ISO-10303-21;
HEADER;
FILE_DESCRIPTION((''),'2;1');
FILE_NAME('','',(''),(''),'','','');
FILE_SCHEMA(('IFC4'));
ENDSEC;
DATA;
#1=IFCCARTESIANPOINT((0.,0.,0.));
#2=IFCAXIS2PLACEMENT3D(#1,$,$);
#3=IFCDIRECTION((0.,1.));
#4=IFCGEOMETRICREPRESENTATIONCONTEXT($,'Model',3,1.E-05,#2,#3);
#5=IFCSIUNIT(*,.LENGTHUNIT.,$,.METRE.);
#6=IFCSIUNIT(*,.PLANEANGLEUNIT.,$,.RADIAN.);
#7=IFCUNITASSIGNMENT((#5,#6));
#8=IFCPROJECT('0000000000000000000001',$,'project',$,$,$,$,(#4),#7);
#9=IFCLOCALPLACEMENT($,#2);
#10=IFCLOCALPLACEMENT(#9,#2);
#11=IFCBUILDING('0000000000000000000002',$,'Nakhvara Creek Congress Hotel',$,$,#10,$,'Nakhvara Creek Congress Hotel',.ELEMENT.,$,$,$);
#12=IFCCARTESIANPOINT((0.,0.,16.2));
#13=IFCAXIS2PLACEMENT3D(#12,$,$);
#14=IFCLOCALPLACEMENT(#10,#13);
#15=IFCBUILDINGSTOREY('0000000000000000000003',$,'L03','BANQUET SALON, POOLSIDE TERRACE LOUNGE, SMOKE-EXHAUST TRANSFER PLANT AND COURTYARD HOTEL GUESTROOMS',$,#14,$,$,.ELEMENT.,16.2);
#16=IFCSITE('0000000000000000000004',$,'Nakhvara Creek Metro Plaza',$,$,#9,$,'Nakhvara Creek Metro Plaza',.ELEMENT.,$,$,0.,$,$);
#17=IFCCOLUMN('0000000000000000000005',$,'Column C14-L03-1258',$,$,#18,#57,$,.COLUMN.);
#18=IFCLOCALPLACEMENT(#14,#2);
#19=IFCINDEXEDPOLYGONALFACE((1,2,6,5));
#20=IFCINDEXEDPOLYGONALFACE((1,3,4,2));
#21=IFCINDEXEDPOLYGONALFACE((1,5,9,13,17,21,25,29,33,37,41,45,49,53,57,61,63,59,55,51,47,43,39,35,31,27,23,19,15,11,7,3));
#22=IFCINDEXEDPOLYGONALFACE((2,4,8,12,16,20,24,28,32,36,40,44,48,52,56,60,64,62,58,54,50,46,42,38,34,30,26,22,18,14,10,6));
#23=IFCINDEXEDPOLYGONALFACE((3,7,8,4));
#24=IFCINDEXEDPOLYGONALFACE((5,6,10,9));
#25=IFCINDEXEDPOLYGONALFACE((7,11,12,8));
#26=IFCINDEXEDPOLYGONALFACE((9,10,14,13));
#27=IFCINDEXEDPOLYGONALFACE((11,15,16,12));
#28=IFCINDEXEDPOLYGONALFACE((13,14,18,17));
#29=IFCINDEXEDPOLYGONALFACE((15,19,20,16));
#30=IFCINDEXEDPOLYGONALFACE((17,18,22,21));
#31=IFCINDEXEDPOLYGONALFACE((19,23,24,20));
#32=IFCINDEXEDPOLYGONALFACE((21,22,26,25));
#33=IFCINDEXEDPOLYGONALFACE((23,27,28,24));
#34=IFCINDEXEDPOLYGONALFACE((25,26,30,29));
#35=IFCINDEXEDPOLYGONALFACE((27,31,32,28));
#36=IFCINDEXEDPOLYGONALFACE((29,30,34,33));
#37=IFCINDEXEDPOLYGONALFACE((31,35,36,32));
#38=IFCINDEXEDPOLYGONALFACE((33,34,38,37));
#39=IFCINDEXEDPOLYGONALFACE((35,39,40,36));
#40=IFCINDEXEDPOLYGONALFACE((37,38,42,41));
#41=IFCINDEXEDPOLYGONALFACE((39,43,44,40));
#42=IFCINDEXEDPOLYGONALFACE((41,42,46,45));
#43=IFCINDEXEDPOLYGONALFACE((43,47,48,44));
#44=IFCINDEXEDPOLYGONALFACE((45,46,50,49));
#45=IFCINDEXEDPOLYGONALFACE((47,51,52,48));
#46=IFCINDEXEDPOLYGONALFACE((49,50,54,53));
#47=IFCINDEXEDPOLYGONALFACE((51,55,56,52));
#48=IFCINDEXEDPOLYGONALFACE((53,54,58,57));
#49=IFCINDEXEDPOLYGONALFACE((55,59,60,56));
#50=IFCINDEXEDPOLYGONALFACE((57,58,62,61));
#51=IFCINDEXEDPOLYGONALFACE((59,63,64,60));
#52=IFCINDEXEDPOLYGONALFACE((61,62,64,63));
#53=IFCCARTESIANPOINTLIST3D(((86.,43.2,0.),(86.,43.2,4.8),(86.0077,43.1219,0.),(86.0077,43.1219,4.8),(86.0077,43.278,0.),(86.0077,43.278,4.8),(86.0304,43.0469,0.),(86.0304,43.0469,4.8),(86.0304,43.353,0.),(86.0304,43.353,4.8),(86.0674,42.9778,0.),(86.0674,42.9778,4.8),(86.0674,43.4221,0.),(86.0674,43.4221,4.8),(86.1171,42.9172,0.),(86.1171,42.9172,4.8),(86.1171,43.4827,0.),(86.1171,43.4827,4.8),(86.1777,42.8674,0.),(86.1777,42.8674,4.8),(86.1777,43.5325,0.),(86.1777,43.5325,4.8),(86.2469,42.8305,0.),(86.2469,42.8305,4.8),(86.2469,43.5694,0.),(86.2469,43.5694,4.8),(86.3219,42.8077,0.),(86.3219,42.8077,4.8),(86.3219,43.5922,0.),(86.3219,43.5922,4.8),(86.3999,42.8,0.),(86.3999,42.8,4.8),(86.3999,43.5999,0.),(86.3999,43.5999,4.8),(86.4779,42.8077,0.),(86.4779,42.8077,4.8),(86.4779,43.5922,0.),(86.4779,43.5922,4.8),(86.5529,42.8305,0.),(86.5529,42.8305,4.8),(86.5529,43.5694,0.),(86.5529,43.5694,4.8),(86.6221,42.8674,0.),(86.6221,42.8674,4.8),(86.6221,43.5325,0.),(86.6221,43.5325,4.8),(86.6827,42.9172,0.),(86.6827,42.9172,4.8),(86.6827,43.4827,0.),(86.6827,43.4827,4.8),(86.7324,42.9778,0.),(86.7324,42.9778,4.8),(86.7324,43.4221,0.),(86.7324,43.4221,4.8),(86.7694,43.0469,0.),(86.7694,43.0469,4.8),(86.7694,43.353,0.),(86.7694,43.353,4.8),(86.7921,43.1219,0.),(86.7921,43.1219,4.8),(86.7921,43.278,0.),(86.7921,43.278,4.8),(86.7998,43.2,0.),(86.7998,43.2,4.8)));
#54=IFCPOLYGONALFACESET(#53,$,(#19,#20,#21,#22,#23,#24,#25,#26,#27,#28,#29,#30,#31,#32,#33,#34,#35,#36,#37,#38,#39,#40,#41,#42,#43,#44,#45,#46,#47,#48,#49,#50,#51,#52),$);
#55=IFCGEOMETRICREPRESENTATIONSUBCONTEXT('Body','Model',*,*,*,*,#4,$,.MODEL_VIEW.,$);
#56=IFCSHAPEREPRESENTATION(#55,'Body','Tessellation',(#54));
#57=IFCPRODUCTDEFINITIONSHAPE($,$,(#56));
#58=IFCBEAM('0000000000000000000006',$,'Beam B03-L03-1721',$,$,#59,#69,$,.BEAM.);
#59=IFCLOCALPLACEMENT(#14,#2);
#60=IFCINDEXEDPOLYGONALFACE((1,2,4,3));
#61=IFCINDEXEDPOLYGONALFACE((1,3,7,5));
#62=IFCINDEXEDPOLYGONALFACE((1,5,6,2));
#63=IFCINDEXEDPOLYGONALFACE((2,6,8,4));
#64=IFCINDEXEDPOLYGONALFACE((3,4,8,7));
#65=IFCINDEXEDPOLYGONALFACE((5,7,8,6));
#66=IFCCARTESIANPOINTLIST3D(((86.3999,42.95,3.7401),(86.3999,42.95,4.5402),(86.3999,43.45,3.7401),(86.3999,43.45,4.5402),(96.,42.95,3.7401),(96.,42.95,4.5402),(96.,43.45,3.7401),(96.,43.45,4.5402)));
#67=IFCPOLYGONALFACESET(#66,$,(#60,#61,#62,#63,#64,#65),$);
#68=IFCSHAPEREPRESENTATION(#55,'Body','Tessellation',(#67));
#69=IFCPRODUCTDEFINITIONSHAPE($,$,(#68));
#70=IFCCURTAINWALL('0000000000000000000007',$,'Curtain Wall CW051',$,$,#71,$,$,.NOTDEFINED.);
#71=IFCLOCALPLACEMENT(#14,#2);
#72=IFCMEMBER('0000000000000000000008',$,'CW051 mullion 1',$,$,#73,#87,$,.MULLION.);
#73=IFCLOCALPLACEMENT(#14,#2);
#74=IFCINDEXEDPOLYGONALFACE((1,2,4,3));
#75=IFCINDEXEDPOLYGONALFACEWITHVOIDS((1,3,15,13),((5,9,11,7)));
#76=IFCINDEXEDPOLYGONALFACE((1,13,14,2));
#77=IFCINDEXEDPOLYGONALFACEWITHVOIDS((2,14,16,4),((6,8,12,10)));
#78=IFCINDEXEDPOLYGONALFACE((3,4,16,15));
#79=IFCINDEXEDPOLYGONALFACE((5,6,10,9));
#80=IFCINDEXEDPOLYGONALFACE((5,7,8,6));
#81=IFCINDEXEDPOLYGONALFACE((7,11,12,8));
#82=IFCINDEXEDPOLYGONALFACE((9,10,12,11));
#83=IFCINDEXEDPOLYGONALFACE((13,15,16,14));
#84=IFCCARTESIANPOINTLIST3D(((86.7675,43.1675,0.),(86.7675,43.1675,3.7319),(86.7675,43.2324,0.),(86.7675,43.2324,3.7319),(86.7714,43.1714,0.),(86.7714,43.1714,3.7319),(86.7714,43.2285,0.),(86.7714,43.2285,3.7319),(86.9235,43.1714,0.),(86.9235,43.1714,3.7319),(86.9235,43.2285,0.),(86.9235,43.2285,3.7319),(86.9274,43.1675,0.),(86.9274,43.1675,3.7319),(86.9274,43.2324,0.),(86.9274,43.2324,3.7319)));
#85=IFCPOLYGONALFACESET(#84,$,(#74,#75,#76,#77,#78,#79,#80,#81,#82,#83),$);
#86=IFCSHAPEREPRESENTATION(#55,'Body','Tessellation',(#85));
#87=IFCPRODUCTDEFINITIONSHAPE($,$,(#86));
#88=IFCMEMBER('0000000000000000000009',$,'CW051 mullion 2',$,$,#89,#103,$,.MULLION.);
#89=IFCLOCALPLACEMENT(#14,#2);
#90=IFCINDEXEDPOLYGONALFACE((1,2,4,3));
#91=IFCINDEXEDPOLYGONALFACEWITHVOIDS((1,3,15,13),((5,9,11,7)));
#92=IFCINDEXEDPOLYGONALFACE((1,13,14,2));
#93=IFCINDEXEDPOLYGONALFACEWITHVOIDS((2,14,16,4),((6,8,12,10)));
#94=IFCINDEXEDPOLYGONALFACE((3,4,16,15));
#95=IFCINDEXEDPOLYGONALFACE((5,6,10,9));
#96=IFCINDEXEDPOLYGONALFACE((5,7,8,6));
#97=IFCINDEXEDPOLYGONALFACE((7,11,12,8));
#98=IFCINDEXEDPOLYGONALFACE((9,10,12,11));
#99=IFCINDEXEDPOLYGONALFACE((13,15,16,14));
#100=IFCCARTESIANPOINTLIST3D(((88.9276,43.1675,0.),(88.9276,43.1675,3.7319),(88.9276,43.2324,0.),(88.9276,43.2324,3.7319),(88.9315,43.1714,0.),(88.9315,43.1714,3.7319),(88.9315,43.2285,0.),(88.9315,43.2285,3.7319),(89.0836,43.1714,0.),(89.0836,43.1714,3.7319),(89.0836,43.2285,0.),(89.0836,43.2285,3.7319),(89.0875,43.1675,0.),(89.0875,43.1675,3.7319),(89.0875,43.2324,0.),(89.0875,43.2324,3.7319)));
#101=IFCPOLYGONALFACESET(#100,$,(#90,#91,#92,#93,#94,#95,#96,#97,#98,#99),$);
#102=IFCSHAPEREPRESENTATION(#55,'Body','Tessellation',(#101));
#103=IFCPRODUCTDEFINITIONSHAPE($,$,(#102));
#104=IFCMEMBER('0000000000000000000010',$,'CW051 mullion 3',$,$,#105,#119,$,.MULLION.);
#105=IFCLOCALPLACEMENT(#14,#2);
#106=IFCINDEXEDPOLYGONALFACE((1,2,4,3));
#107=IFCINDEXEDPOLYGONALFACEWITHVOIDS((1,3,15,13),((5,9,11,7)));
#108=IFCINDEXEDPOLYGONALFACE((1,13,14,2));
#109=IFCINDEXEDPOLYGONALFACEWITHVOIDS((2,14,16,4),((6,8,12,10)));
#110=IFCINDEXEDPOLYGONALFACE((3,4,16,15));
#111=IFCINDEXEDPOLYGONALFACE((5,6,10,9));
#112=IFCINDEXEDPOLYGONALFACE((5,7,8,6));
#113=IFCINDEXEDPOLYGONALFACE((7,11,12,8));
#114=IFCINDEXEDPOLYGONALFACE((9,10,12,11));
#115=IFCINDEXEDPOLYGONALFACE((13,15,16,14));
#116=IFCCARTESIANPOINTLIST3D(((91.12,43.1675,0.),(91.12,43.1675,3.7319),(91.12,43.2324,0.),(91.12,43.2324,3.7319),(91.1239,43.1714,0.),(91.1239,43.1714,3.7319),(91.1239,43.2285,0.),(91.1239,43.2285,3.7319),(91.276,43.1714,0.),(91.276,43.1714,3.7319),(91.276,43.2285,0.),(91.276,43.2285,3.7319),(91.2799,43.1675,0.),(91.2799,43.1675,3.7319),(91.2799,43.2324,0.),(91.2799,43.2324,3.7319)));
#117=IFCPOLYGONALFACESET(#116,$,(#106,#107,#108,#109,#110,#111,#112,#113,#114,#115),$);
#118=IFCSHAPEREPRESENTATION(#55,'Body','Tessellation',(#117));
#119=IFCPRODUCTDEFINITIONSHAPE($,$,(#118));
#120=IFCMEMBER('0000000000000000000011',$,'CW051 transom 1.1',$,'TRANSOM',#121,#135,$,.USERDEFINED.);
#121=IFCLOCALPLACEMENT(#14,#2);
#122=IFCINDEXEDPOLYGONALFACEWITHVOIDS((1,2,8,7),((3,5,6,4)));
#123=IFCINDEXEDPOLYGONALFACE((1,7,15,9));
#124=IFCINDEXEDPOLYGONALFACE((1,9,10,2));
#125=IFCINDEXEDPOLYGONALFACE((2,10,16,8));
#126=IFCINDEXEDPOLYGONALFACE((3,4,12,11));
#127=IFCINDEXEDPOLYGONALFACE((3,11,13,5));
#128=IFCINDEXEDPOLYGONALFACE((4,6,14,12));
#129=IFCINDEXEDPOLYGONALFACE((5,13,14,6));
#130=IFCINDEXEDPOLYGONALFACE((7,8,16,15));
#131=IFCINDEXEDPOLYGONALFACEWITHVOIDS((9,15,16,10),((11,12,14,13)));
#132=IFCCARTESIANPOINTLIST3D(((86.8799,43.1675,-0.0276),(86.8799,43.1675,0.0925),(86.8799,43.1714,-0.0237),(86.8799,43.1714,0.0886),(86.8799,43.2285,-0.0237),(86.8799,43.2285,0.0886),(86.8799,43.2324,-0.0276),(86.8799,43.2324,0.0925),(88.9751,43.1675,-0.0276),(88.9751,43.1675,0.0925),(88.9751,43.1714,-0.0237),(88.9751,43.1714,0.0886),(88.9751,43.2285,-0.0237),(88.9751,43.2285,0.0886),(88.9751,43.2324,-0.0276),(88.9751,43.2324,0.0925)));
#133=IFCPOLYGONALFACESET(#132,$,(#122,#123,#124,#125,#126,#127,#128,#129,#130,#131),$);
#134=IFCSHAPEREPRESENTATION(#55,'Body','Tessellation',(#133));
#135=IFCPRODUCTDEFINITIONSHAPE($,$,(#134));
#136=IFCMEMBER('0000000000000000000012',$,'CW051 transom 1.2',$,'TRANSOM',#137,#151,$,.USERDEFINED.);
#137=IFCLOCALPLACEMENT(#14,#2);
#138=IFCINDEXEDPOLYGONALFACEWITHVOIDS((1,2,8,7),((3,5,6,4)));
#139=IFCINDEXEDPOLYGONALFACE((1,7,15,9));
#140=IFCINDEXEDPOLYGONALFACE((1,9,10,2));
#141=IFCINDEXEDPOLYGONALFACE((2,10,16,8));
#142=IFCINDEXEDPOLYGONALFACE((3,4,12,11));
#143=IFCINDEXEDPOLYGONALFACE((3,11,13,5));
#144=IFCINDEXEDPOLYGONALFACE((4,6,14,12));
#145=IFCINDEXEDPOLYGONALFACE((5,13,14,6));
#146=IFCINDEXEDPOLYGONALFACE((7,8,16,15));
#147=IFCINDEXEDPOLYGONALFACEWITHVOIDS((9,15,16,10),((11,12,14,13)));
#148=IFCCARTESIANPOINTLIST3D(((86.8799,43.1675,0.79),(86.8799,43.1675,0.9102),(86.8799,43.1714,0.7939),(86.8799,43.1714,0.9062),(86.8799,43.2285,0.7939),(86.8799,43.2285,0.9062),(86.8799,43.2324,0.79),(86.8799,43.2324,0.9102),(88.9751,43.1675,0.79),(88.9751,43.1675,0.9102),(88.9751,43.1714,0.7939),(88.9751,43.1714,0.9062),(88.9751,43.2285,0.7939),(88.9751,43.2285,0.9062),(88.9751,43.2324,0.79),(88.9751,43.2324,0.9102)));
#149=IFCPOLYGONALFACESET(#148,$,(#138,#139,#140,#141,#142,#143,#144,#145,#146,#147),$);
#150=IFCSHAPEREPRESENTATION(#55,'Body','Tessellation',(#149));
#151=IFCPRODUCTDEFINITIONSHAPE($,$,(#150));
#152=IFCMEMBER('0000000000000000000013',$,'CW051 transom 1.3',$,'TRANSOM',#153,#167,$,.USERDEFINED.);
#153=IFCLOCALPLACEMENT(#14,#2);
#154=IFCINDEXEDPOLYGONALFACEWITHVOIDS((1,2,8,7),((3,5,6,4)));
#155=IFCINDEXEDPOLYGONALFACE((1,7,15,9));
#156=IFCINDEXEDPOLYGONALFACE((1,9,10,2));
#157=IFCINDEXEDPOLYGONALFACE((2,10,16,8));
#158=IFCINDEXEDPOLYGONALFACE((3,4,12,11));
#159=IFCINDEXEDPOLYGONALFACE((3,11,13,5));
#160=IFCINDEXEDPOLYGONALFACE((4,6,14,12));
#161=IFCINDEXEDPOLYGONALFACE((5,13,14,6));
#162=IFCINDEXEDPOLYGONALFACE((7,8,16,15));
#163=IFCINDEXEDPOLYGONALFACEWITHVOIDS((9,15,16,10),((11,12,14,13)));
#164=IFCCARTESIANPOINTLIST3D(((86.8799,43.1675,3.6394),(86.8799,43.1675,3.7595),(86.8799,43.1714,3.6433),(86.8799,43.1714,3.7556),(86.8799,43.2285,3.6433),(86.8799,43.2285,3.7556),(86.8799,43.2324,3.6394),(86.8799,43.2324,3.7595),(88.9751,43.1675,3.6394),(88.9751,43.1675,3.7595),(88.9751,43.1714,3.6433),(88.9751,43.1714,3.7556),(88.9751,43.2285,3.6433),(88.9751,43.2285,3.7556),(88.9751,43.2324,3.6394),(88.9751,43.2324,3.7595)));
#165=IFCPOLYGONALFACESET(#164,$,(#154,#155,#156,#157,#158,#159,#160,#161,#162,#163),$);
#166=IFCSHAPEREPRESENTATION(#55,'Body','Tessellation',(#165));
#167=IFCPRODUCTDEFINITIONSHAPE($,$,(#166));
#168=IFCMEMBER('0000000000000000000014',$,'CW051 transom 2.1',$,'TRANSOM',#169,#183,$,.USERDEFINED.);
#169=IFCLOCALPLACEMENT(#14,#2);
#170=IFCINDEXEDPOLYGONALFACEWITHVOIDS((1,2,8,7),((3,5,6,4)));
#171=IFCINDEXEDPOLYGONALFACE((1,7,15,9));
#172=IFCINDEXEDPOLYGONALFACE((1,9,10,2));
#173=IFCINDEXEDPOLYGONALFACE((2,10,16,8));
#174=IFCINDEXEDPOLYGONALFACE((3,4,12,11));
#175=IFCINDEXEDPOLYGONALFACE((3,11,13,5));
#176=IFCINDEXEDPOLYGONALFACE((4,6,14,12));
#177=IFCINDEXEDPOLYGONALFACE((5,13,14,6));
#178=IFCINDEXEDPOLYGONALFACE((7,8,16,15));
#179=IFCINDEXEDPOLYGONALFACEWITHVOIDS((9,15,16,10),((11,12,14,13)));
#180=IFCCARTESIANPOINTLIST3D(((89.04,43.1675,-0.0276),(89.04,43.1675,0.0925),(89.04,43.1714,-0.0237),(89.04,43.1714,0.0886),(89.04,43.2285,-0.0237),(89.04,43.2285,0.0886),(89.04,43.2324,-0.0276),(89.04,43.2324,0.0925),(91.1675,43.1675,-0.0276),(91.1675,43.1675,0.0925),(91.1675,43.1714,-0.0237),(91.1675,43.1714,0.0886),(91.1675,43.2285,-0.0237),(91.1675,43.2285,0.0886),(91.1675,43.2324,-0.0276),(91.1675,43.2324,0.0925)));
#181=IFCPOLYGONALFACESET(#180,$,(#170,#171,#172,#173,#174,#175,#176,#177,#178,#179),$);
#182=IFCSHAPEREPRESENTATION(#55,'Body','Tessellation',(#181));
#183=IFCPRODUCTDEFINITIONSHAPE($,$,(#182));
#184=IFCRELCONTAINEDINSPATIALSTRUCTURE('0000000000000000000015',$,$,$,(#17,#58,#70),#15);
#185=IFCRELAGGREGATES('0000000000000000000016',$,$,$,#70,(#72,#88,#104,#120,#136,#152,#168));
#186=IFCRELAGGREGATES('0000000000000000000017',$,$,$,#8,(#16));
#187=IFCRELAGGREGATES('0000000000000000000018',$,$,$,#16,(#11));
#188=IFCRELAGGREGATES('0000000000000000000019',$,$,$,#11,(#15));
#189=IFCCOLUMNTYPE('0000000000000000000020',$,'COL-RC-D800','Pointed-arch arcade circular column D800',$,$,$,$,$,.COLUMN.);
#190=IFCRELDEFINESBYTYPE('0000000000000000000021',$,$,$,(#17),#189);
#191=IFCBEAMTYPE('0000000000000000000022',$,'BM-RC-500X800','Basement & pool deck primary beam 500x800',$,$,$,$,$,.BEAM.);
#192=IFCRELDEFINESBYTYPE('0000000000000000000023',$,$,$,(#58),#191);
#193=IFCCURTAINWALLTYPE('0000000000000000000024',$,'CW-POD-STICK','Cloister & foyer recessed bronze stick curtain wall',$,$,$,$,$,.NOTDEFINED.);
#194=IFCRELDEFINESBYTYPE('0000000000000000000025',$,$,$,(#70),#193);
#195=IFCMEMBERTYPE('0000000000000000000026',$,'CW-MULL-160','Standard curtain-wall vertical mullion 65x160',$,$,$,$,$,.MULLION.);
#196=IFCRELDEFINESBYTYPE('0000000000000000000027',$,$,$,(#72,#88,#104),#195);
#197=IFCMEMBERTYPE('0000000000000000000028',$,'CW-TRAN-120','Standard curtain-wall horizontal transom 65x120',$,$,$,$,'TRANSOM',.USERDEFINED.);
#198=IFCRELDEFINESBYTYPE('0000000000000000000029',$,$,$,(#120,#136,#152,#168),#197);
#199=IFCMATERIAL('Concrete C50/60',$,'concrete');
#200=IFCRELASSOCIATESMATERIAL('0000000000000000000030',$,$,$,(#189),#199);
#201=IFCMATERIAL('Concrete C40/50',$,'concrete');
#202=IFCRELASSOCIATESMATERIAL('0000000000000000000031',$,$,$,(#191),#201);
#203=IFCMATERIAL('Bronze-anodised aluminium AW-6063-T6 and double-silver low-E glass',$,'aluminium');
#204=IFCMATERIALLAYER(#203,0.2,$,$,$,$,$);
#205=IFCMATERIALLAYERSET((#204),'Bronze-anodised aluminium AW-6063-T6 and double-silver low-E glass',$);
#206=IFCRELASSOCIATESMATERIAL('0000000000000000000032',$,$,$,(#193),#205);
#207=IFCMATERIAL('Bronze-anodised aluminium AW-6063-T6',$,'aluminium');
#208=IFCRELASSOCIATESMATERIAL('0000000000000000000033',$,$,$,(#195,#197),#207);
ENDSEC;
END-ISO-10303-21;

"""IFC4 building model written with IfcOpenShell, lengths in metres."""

from ifc_helpers import new_model, si_unit, direction, frame, origin, origin_2d, place, context, subcontext, project, spatial, rectangle, hollow_rectangle, circle, extrude, material, layer, layer_set, material_profile, profile_set, type_object, element, aggregate, save


model = new_model("IFC4")

# Units and contexts
model_context = context("Model", 3, precision=1e-05, world=origin(), true_north=direction((0.0, 1.0)))
body_context = subcontext(model_context, "Body", "Model", "MODEL_VIEW")
ifc_project = project(units=[si_unit("LENGTHUNIT", "METRE"), si_unit("PLANEANGLEUNIT", "RADIAN")], contexts=[model_context])

# Site, building, storey
site_placement = place(None, origin())
site = spatial("IfcSite", under=ifc_project, at=site_placement, Name="Nakhvara Creek Metro Plaza", LongName="Nakhvara Creek Metro Plaza", CompositionType="ELEMENT", RefElevation=0.0)
building_placement = place(site_placement, origin())
building = spatial("IfcBuilding", under=site, at=building_placement, Name="Nakhvara Creek Congress Hotel", LongName="Nakhvara Creek Congress Hotel", CompositionType="ELEMENT")
storey_placement = place(building_placement, frame((0.0, 0.0, 16.2)))
storey = spatial("IfcBuildingStorey", under=building, at=storey_placement, Name="L03", Description="BANQUET SALON, POOLSIDE TERRACE LOUNGE, SMOKE-EXHAUST TRANSFER PLANT AND COURTYARD HOTEL GUESTROOMS", CompositionType="ELEMENT", Elevation=16.2)

# Column
ifc_material_1 = material(Name="Concrete C50/60", Category="concrete")
ifc_material_profile_1 = material_profile(ifc_material_1, circle(Radius=0.3999, at=origin_2d()), Name="RC-COL D800", Category="LoadBearing")
ifc_profile_set_1 = profile_set([ifc_material_profile_1], Name="Concrete C50/60")
column_type = type_object("IfcColumnType", Name="COL-RC-D800", Description="Pointed-arch arcade circular column D800", PredefinedType="COLUMN", material=ifc_profile_set_1)
column_placement = place(storey_placement, frame((86.3999, 43.2, 0.0), z_axis=(0.0, 0.0, 1.0), x_axis=(1.0, 0.0, 0.0)))
element("IfcColumn", 1, at=column_placement, inside=storey, type_object=column_type, Name="Column C14-L03-1258", PredefinedType="COLUMN", context=body_context, shape_type="SweptSolid", body=[
    extrude(circle(Radius=0.3999, at=origin_2d()), origin(), (0.0, 0.0, 1.0), 4.8),
])

# Beam
ifc_material_2 = material(Name="Concrete C40/50", Category="concrete")
ifc_material_profile_2 = material_profile(ifc_material_2, rectangle(XDim=0.5, YDim=0.8, at=origin_2d()), Name="RC-BM 500x800", Category="LoadBearing")
ifc_profile_set_2 = profile_set([ifc_material_profile_2], Name="Concrete C40/50")
beam_type = type_object("IfcBeamType", Name="BM-RC-500X800", Description="Basement & pool deck primary beam 500x800", PredefinedType="BEAM", material=ifc_profile_set_2)
beam_placement = place(storey_placement, frame((86.3999, 43.2, 4.1401), z_axis=(1.0, 0.0, 0.0), x_axis=(0.0, 1.0, 0.0)))
element("IfcBeam", 2, at=beam_placement, inside=storey, type_object=beam_type, Name="Beam B03-L03-1721", PredefinedType="BEAM", context=body_context, shape_type="SweptSolid", body=[
    extrude(rectangle(XDim=0.5, YDim=0.8, at=origin_2d()), origin(), (0.0, 0.0, 1.0), 9.6001),
])

# Curtain wall, members
ifc_material_3 = material(Name="Bronze-anodised aluminium AW-6063-T6 and double-silver low-E glass", Category="aluminium")
ifc_layer = layer(ifc_material_3, 0.2)
ifc_layer_set = layer_set([ifc_layer], Name="Bronze-anodised aluminium AW-6063-T6 and double-silver low-E glass")
curtain_wall_type = type_object("IfcCurtainWallType", Name="CW-POD-STICK", Description="Cloister & foyer recessed bronze stick curtain wall", PredefinedType="NOTDEFINED", material=ifc_layer_set)
curtain_wall_placement = place(storey_placement, origin())
curtain_wall = element("IfcCurtainWall", 3, at=curtain_wall_placement, inside=storey, type_object=curtain_wall_type, Name="Curtain Wall CW051", PredefinedType="NOTDEFINED")
ifc_material_4 = material(Name="Bronze-anodised aluminium AW-6063-T6", Category="aluminium")
ifc_material_profile_3 = material_profile(ifc_material_4, hollow_rectangle(XDim=0.0649, YDim=0.1599, WallThickness=0.0039, at=origin_2d()), Name="ALU-MULL 65x160x4", Category="LoadBearing")
ifc_profile_set_3 = profile_set([ifc_material_profile_3], Name="Bronze-anodised aluminium AW-6063-T6")
member_type_1 = type_object("IfcMemberType", Name="CW-MULL-160", Description="Standard curtain-wall vertical mullion 65x160", PredefinedType="MULLION", material=ifc_profile_set_3)
member_1_placement = place(storey_placement, frame((86.8474, 43.2, 0.0), z_axis=(0.0, 0.0, 1.0), x_axis=(0.0, 1.0, 0.0)))
member_1 = element("IfcMember", 4, at=member_1_placement, type_object=member_type_1, Name="CW051 mullion 1", PredefinedType="MULLION", context=body_context, shape_type="SweptSolid", body=[
    extrude(hollow_rectangle(XDim=0.0649, YDim=0.1599, WallThickness=0.0039, at=origin_2d()), origin(), (0.0, 0.0, 1.0), 3.7319),
])
member_2_placement = place(storey_placement, frame((89.0076, 43.2, 0.0), z_axis=(0.0, 0.0, 1.0), x_axis=(0.0, 1.0, 0.0)))
member_2 = element("IfcMember", 5, at=member_2_placement, type_object=member_type_1, Name="CW051 mullion 2", PredefinedType="MULLION", context=body_context, shape_type="SweptSolid", body=[
    extrude(hollow_rectangle(XDim=0.0649, YDim=0.1599, WallThickness=0.0039, at=origin_2d()), origin(), (0.0, 0.0, 1.0), 3.7319),
])
member_3_placement = place(storey_placement, frame((91.2, 43.2, 0.0), z_axis=(0.0, 0.0, 1.0), x_axis=(0.0, 1.0, 0.0)))
member_3 = element("IfcMember", 6, at=member_3_placement, type_object=member_type_1, Name="CW051 mullion 3", PredefinedType="MULLION", context=body_context, shape_type="SweptSolid", body=[
    extrude(hollow_rectangle(XDim=0.0649, YDim=0.1599, WallThickness=0.0039, at=origin_2d()), origin(), (0.0, 0.0, 1.0), 3.7319),
])
ifc_material_profile_4 = material_profile(ifc_material_4, hollow_rectangle(XDim=0.0649, YDim=0.1201, WallThickness=0.0039, at=origin_2d()), Name="ALU-TRAN 65x120x4", Category="LoadBearing")
ifc_profile_set_4 = profile_set([ifc_material_profile_4], Name="Bronze-anodised aluminium AW-6063-T6")
member_type_2 = type_object("IfcMemberType", Name="CW-TRAN-120", Description="Standard curtain-wall horizontal transom 65x120", ElementType="TRANSOM", PredefinedType="USERDEFINED", material=ifc_profile_set_4)
member_4_placement = place(storey_placement, frame((86.8799, 43.2, 0.0325), z_axis=(1.0, 0.0, 0.0), x_axis=(0.0, 1.0, 0.0)))
member_4 = element("IfcMember", 7, at=member_4_placement, type_object=member_type_2, Name="CW051 transom 1.1", ObjectType="TRANSOM", PredefinedType="USERDEFINED", context=body_context, shape_type="SweptSolid", body=[
    extrude(hollow_rectangle(XDim=0.0649, YDim=0.1201, WallThickness=0.0039, at=origin_2d()), origin(), (0.0, 0.0, 1.0), 2.0952),
])
member_5_placement = place(storey_placement, frame((86.8799, 43.2, 0.8501), z_axis=(1.0, 0.0, 0.0), x_axis=(0.0, 1.0, 0.0)))
member_5 = element("IfcMember", 8, at=member_5_placement, type_object=member_type_2, Name="CW051 transom 1.2", ObjectType="TRANSOM", PredefinedType="USERDEFINED", context=body_context, shape_type="SweptSolid", body=[
    extrude(hollow_rectangle(XDim=0.0649, YDim=0.1201, WallThickness=0.0039, at=origin_2d()), origin(), (0.0, 0.0, 1.0), 2.0952),
])
member_6_placement = place(storey_placement, frame((86.8799, 43.2, 3.6995), z_axis=(1.0, 0.0, 0.0), x_axis=(0.0, 1.0, 0.0)))
member_6 = element("IfcMember", 9, at=member_6_placement, type_object=member_type_2, Name="CW051 transom 1.3", ObjectType="TRANSOM", PredefinedType="USERDEFINED", context=body_context, shape_type="SweptSolid", body=[
    extrude(hollow_rectangle(XDim=0.0649, YDim=0.1201, WallThickness=0.0039, at=origin_2d()), origin(), (0.0, 0.0, 1.0), 2.0952),
])
member_7_placement = place(storey_placement, frame((89.04, 43.2, 0.0325), z_axis=(1.0, 0.0, 0.0), x_axis=(0.0, 1.0, 0.0)))
member_7 = element("IfcMember", 10, at=member_7_placement, type_object=member_type_2, Name="CW051 transom 2.1", ObjectType="TRANSOM", PredefinedType="USERDEFINED", context=body_context, shape_type="SweptSolid", body=[
    extrude(hollow_rectangle(XDim=0.0649, YDim=0.1201, WallThickness=0.0039, at=origin_2d()), origin(), (0.0, 0.0, 1.0), 2.1274),
])
aggregate(curtain_wall, [member_1, member_2, member_3, member_4, member_5, member_6, member_7])

save(model, "model.ifc")
